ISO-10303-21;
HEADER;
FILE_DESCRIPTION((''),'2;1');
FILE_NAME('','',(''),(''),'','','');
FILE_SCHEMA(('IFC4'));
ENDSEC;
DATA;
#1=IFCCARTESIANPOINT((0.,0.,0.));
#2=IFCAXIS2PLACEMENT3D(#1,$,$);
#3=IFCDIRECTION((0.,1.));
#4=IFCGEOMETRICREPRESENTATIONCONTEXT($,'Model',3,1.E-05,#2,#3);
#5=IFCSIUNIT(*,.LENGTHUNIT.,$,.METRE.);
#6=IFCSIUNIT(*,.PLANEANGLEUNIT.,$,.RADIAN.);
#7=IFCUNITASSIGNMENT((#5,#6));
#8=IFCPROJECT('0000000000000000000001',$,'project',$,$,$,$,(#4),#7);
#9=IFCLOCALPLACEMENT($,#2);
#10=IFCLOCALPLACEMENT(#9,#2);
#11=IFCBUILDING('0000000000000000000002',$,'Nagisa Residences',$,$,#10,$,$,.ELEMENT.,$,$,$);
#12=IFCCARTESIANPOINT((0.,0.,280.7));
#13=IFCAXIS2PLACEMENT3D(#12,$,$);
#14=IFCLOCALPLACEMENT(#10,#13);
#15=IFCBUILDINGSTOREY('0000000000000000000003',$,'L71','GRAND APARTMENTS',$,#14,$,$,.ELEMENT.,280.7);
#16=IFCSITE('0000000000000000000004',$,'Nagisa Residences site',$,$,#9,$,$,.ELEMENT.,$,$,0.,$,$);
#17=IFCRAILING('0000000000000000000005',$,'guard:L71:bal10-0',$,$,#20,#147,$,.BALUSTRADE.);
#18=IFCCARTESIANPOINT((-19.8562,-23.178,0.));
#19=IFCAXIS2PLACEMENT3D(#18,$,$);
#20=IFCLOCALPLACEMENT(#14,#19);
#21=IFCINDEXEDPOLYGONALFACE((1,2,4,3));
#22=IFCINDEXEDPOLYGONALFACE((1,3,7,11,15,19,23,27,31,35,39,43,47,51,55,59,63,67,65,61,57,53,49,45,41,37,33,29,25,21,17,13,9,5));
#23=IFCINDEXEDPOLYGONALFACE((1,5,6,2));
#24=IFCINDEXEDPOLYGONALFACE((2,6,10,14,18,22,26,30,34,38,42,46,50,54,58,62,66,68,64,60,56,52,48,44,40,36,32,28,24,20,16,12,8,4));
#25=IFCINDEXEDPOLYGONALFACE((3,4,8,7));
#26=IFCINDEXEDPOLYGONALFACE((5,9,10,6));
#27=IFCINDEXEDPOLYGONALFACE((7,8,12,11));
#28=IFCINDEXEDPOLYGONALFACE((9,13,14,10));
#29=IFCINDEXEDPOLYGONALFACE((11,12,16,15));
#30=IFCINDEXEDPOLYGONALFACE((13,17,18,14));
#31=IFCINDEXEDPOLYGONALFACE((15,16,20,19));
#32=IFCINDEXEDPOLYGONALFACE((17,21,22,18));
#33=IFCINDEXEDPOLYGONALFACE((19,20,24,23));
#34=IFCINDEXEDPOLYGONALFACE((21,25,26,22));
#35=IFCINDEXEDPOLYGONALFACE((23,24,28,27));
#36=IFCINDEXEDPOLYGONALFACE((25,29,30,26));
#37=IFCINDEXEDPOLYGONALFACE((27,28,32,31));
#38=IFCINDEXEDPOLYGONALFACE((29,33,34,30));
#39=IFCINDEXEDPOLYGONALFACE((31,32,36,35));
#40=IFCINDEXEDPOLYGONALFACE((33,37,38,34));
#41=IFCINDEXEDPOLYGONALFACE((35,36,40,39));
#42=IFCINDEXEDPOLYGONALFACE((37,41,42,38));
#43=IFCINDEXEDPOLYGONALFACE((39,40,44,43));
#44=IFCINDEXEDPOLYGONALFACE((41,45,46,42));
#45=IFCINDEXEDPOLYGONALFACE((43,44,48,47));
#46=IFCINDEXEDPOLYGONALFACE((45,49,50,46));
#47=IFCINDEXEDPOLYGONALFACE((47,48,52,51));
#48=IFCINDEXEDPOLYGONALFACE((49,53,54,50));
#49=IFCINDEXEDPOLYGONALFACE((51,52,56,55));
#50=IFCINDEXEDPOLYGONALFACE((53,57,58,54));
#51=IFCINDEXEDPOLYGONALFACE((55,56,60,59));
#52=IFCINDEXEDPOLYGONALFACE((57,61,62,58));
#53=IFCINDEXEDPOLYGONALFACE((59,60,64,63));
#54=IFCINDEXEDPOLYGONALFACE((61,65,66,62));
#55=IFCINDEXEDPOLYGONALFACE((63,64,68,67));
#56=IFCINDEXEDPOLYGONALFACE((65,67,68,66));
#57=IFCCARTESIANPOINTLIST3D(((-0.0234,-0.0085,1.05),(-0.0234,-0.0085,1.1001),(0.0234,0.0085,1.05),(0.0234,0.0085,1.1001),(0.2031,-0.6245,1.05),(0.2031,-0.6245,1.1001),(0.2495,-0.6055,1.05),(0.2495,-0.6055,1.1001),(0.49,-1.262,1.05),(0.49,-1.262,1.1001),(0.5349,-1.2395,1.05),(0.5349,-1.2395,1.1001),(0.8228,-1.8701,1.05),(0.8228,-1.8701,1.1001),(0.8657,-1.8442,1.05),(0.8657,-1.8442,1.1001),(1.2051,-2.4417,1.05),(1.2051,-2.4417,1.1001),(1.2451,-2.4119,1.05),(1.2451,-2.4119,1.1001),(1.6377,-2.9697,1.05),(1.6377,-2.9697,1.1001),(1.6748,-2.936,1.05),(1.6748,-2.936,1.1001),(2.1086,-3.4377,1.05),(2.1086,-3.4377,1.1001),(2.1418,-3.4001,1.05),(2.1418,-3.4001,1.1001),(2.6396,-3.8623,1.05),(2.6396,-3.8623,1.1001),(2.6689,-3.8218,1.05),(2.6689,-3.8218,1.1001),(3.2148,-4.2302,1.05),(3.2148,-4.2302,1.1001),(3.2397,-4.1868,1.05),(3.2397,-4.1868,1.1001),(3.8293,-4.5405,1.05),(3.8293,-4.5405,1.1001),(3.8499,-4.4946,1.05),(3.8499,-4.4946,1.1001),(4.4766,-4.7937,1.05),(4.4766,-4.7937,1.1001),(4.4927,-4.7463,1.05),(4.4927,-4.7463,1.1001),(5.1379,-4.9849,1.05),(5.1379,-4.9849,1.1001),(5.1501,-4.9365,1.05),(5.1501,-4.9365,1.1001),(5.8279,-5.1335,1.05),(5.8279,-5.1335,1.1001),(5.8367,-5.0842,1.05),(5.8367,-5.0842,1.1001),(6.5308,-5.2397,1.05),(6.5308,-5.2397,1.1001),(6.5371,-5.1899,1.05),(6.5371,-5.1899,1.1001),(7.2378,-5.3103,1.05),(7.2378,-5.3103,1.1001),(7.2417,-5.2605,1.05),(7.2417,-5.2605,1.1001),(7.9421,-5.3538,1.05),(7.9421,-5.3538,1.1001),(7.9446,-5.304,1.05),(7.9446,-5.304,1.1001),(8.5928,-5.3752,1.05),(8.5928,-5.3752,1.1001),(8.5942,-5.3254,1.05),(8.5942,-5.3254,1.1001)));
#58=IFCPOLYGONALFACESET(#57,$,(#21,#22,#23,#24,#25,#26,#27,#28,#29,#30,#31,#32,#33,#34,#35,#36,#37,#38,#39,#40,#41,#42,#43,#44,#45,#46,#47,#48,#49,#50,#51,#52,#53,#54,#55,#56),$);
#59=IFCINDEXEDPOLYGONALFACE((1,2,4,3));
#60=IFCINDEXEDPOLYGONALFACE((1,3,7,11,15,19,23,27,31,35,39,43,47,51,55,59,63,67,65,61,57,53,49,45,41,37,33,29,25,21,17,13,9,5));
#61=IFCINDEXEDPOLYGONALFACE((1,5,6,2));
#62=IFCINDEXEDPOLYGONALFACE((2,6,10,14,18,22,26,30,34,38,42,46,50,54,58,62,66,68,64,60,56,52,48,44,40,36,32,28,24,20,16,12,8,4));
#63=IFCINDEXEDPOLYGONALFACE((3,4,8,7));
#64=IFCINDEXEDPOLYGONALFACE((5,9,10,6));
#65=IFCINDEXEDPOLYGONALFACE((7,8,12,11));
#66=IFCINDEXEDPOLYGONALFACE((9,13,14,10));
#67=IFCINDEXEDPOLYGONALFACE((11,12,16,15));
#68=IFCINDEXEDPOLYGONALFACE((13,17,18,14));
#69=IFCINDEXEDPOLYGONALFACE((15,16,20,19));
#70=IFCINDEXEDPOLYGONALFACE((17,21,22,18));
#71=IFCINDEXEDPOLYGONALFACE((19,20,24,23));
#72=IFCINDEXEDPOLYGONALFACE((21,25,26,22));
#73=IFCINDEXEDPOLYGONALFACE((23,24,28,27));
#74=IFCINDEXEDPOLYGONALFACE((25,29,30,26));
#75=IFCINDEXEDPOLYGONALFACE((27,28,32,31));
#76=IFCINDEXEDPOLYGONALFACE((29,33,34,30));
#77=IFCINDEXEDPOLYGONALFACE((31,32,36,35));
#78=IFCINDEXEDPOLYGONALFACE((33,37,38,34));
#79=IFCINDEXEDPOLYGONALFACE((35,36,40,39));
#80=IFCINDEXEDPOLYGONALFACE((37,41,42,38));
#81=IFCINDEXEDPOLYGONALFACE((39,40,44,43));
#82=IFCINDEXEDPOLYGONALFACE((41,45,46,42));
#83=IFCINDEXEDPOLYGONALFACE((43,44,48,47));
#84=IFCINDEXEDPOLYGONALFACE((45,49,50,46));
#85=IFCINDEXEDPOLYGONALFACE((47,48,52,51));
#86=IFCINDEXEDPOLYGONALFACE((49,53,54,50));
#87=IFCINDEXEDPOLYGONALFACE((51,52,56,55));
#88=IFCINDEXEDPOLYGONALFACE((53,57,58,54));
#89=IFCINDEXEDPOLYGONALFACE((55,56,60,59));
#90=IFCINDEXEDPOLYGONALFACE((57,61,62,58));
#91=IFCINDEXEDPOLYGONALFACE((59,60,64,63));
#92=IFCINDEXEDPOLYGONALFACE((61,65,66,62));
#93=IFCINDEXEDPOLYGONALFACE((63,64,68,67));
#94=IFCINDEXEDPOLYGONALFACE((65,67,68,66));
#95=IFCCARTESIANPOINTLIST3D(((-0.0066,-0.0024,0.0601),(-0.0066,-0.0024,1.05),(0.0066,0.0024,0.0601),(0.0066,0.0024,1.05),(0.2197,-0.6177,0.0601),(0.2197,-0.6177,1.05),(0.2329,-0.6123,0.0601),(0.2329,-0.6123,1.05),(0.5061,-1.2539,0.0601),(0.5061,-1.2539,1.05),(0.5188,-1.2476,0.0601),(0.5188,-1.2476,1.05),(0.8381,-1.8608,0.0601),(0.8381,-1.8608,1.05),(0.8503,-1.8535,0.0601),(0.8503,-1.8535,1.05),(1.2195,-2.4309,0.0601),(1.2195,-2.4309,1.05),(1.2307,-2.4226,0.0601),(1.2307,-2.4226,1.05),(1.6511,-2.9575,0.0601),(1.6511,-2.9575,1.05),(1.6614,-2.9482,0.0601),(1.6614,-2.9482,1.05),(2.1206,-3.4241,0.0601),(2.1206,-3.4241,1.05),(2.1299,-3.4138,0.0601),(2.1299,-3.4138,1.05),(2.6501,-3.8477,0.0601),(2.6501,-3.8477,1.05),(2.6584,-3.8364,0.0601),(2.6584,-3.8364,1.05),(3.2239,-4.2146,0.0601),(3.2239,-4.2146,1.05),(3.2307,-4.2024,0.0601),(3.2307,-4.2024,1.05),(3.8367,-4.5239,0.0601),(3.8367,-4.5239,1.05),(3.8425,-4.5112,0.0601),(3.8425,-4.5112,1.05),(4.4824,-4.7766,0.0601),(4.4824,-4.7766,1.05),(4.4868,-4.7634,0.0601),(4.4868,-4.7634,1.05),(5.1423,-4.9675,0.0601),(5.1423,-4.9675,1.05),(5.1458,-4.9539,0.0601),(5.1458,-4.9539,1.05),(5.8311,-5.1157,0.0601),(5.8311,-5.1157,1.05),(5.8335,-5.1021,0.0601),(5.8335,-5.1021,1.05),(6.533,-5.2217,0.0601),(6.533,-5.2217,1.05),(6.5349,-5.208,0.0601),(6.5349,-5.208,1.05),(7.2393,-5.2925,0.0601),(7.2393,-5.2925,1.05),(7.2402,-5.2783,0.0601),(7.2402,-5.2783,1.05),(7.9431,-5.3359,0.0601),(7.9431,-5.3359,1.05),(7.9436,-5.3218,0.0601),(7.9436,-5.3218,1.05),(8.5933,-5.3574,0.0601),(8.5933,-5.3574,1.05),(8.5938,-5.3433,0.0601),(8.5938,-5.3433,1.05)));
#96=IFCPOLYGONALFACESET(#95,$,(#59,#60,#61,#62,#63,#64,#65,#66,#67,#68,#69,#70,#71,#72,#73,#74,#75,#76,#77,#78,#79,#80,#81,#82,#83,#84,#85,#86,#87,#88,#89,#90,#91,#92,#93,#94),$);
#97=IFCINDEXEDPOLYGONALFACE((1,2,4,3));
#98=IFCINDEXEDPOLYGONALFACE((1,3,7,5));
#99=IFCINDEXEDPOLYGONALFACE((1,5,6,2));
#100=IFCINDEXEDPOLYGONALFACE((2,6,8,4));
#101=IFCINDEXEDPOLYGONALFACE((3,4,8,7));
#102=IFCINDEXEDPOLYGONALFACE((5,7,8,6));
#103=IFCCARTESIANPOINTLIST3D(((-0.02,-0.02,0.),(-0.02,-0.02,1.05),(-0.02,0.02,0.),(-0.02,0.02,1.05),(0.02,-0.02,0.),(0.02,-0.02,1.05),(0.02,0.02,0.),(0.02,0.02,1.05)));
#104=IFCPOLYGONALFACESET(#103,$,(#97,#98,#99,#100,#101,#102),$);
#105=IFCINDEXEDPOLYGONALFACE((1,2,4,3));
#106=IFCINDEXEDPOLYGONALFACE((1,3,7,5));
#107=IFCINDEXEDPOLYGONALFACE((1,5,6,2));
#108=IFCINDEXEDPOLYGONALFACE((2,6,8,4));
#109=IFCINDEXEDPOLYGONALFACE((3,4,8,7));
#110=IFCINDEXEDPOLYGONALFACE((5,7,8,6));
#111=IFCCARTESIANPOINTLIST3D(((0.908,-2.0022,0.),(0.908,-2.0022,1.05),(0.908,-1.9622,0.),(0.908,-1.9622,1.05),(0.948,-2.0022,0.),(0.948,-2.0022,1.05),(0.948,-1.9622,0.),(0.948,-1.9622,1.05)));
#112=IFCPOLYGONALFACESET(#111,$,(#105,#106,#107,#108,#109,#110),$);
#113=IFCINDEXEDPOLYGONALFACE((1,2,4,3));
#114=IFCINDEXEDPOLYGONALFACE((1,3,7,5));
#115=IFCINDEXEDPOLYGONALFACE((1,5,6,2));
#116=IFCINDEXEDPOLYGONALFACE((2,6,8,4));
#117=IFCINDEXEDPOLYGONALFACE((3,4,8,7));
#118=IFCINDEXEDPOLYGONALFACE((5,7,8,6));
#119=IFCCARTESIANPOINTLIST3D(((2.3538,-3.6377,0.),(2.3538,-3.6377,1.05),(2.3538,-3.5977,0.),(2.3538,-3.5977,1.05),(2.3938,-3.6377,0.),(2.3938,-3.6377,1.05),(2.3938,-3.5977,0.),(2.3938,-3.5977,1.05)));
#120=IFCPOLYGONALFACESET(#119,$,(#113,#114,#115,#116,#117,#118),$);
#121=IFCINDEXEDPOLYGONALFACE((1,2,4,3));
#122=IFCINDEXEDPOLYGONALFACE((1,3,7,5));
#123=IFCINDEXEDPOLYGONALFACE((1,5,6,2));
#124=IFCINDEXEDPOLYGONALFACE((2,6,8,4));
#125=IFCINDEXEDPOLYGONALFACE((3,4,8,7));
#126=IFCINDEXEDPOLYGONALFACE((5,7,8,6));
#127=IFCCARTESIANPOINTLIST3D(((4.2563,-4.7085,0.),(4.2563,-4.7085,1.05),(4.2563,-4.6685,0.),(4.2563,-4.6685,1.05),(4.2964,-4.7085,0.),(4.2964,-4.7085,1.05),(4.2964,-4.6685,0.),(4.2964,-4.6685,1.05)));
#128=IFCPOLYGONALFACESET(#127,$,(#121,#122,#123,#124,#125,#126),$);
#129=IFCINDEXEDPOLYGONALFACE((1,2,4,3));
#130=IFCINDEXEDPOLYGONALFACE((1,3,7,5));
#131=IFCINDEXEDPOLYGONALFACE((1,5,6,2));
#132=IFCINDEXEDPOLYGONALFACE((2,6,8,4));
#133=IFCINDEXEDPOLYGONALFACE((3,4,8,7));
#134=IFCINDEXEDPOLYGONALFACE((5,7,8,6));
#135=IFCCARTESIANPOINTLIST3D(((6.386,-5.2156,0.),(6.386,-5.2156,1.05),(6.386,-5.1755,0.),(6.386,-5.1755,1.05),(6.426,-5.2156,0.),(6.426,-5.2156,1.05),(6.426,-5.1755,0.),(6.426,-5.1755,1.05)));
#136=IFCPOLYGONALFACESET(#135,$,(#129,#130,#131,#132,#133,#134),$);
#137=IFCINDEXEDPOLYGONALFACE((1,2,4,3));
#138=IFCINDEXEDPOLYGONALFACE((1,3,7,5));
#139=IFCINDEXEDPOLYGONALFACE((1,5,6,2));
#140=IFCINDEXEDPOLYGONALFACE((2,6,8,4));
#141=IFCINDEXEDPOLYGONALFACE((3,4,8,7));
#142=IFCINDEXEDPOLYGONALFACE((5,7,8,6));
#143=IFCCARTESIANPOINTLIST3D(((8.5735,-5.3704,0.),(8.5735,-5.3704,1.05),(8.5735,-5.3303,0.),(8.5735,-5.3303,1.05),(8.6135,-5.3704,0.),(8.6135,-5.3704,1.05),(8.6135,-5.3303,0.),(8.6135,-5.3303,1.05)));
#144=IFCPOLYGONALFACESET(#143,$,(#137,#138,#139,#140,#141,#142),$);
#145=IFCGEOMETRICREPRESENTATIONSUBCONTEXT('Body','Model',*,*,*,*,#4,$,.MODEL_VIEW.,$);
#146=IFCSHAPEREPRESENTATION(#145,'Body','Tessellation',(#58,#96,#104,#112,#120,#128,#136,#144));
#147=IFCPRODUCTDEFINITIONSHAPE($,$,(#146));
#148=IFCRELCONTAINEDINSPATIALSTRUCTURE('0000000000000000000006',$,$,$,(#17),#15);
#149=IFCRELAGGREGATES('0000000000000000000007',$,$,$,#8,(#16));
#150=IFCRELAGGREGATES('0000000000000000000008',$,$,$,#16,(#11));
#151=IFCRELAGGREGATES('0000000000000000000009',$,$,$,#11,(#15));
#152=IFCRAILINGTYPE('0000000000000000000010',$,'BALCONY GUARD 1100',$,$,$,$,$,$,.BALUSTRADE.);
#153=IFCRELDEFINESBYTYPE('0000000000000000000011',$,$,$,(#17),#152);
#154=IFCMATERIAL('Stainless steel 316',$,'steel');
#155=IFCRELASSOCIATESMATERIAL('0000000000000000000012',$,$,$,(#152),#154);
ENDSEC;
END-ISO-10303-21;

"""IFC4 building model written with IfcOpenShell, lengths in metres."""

from ifc_helpers import new_model, si_unit, direction, frame, origin, origin_2d, place, context, subcontext, project, spatial, polyline, rectangle, outline, extrude, material, type_object, element, save


model = new_model("IFC4")

# Units and contexts
model_context = context("Model", 3, precision=1e-05, world=origin(), true_north=direction((0.0, 1.0)))
body_context = subcontext(model_context, "Body", "Model", "MODEL_VIEW")
ifc_project = project(units=[si_unit("LENGTHUNIT", "METRE"), si_unit("PLANEANGLEUNIT", "RADIAN")], contexts=[model_context])

# Site, building, storey
site_placement = place(None, origin())
site = spatial("IfcSite", under=ifc_project, at=site_placement, Name="Nagisa Residences site", CompositionType="ELEMENT", RefElevation=0.0)
building_placement = place(site_placement, origin())
building = spatial("IfcBuilding", under=site, at=building_placement, Name="Nagisa Residences", CompositionType="ELEMENT")
storey_placement = place(building_placement, frame((0.0, 0.0, 280.7)))
storey = spatial("IfcBuildingStorey", under=building, at=storey_placement, Name="L71", Description="GRAND APARTMENTS", CompositionType="ELEMENT", Elevation=280.7)

# Railing
ifc_material_1 = material(Name="Stainless steel 316", Category="steel")
railing_type = type_object("IfcRailingType", Name="BALCONY GUARD 1100", PredefinedType="BALUSTRADE", material=ifc_material_1)
railing_1_placement = place(storey_placement, frame((-19.8562, -23.178, 0.0)))
element("IfcRailing", 1, at=railing_1_placement, inside=storey, type_object=railing_type, Name="guard:L71:bal10-0", PredefinedType="BALUSTRADE", context=body_context, shape_type="SweptSolid", body=[
    extrude(outline(polyline([(0.2495, -0.6055), (0.0234, 0.0085), (-0.0234, -0.0085), (0.2031, -0.6245), (0.49, -1.262), (0.8228, -1.8701), (1.2051, -2.4417), (1.6377, -2.9697), (2.1086, -3.4377), (2.6396, -3.8623), (3.2148, -4.2302), (3.8293, -4.5405), (4.4766, -4.7937), (5.1379, -4.9849), (5.8279, -5.1335), (6.5308, -5.2397), (7.2378, -5.3103), (7.9421, -5.3538), (8.5928, -5.3752), (8.5942, -5.3254), (7.9446, -5.304), (7.2417, -5.2605), (6.5371, -5.1899), (5.8367, -5.0842), (5.1501, -4.9365), (4.4927, -4.7463), (3.8499, -4.4946), (3.2397, -4.1868), (2.6689, -3.8218), (2.1418, -3.4001), (1.6748, -2.936), (1.2451, -2.4119), (0.8657, -1.8442), (0.5349, -1.2395), (0.2495, -0.6055)])), frame((0.0, 0.0, 1.05)), (0.0, 0.0, 1.0), 0.05),
    extrude(outline(polyline([(0.2329, -0.6123), (0.0066, 0.0024), (-0.0066, -0.0024), (0.2197, -0.6177), (0.5061, -1.2539), (0.8381, -1.8608), (1.2195, -2.4309), (1.6511, -2.9575), (2.1206, -3.4241), (2.6501, -3.8477), (3.2239, -4.2146), (3.8367, -4.5239), (4.4824, -4.7766), (5.1423, -4.9675), (5.8311, -5.1157), (6.533, -5.2217), (7.2393, -5.2925), (7.9431, -5.3359), (8.5933, -5.3574), (8.5938, -5.3433), (7.9436, -5.3218), (7.2402, -5.2783), (6.5349, -5.208), (5.8335, -5.1021), (5.1458, -4.9539), (4.4868, -4.7634), (3.8425, -4.5112), (3.2307, -4.2024), (2.6584, -3.8364), (2.1299, -3.4138), (1.6614, -2.9482), (1.2307, -2.4226), (0.8503, -1.8535), (0.5188, -1.2476), (0.2329, -0.6123)])), frame((0.0, 0.0, 0.0601)), (0.0, 0.0, 1.0), 0.99),
    extrude(rectangle(XDim=0.04, YDim=0.04, at=origin_2d()), origin(), (0.0, 0.0, 1.0), 1.05),
    extrude(rectangle(XDim=0.04, YDim=0.04, at=origin_2d()), frame((0.928, -1.9822, 0.0)), (0.0, 0.0, 1.0), 1.05),
    extrude(rectangle(XDim=0.04, YDim=0.04, at=origin_2d()), frame((2.3738, -3.6177, 0.0)), (0.0, 0.0, 1.0), 1.05),
    extrude(rectangle(XDim=0.04, YDim=0.04, at=origin_2d()), frame((4.2764, -4.6885, 0.0)), (0.0, 0.0, 1.0), 1.05),
    extrude(rectangle(XDim=0.04, YDim=0.04, at=origin_2d()), frame((6.406, -5.1956, 0.0)), (0.0, 0.0, 1.0), 1.05),
    extrude(rectangle(XDim=0.04, YDim=0.04, at=origin_2d()), frame((8.5935, -5.3503, 0.0)), (0.0, 0.0, 1.0), 1.05),
])

save(model, "model.ifc")
